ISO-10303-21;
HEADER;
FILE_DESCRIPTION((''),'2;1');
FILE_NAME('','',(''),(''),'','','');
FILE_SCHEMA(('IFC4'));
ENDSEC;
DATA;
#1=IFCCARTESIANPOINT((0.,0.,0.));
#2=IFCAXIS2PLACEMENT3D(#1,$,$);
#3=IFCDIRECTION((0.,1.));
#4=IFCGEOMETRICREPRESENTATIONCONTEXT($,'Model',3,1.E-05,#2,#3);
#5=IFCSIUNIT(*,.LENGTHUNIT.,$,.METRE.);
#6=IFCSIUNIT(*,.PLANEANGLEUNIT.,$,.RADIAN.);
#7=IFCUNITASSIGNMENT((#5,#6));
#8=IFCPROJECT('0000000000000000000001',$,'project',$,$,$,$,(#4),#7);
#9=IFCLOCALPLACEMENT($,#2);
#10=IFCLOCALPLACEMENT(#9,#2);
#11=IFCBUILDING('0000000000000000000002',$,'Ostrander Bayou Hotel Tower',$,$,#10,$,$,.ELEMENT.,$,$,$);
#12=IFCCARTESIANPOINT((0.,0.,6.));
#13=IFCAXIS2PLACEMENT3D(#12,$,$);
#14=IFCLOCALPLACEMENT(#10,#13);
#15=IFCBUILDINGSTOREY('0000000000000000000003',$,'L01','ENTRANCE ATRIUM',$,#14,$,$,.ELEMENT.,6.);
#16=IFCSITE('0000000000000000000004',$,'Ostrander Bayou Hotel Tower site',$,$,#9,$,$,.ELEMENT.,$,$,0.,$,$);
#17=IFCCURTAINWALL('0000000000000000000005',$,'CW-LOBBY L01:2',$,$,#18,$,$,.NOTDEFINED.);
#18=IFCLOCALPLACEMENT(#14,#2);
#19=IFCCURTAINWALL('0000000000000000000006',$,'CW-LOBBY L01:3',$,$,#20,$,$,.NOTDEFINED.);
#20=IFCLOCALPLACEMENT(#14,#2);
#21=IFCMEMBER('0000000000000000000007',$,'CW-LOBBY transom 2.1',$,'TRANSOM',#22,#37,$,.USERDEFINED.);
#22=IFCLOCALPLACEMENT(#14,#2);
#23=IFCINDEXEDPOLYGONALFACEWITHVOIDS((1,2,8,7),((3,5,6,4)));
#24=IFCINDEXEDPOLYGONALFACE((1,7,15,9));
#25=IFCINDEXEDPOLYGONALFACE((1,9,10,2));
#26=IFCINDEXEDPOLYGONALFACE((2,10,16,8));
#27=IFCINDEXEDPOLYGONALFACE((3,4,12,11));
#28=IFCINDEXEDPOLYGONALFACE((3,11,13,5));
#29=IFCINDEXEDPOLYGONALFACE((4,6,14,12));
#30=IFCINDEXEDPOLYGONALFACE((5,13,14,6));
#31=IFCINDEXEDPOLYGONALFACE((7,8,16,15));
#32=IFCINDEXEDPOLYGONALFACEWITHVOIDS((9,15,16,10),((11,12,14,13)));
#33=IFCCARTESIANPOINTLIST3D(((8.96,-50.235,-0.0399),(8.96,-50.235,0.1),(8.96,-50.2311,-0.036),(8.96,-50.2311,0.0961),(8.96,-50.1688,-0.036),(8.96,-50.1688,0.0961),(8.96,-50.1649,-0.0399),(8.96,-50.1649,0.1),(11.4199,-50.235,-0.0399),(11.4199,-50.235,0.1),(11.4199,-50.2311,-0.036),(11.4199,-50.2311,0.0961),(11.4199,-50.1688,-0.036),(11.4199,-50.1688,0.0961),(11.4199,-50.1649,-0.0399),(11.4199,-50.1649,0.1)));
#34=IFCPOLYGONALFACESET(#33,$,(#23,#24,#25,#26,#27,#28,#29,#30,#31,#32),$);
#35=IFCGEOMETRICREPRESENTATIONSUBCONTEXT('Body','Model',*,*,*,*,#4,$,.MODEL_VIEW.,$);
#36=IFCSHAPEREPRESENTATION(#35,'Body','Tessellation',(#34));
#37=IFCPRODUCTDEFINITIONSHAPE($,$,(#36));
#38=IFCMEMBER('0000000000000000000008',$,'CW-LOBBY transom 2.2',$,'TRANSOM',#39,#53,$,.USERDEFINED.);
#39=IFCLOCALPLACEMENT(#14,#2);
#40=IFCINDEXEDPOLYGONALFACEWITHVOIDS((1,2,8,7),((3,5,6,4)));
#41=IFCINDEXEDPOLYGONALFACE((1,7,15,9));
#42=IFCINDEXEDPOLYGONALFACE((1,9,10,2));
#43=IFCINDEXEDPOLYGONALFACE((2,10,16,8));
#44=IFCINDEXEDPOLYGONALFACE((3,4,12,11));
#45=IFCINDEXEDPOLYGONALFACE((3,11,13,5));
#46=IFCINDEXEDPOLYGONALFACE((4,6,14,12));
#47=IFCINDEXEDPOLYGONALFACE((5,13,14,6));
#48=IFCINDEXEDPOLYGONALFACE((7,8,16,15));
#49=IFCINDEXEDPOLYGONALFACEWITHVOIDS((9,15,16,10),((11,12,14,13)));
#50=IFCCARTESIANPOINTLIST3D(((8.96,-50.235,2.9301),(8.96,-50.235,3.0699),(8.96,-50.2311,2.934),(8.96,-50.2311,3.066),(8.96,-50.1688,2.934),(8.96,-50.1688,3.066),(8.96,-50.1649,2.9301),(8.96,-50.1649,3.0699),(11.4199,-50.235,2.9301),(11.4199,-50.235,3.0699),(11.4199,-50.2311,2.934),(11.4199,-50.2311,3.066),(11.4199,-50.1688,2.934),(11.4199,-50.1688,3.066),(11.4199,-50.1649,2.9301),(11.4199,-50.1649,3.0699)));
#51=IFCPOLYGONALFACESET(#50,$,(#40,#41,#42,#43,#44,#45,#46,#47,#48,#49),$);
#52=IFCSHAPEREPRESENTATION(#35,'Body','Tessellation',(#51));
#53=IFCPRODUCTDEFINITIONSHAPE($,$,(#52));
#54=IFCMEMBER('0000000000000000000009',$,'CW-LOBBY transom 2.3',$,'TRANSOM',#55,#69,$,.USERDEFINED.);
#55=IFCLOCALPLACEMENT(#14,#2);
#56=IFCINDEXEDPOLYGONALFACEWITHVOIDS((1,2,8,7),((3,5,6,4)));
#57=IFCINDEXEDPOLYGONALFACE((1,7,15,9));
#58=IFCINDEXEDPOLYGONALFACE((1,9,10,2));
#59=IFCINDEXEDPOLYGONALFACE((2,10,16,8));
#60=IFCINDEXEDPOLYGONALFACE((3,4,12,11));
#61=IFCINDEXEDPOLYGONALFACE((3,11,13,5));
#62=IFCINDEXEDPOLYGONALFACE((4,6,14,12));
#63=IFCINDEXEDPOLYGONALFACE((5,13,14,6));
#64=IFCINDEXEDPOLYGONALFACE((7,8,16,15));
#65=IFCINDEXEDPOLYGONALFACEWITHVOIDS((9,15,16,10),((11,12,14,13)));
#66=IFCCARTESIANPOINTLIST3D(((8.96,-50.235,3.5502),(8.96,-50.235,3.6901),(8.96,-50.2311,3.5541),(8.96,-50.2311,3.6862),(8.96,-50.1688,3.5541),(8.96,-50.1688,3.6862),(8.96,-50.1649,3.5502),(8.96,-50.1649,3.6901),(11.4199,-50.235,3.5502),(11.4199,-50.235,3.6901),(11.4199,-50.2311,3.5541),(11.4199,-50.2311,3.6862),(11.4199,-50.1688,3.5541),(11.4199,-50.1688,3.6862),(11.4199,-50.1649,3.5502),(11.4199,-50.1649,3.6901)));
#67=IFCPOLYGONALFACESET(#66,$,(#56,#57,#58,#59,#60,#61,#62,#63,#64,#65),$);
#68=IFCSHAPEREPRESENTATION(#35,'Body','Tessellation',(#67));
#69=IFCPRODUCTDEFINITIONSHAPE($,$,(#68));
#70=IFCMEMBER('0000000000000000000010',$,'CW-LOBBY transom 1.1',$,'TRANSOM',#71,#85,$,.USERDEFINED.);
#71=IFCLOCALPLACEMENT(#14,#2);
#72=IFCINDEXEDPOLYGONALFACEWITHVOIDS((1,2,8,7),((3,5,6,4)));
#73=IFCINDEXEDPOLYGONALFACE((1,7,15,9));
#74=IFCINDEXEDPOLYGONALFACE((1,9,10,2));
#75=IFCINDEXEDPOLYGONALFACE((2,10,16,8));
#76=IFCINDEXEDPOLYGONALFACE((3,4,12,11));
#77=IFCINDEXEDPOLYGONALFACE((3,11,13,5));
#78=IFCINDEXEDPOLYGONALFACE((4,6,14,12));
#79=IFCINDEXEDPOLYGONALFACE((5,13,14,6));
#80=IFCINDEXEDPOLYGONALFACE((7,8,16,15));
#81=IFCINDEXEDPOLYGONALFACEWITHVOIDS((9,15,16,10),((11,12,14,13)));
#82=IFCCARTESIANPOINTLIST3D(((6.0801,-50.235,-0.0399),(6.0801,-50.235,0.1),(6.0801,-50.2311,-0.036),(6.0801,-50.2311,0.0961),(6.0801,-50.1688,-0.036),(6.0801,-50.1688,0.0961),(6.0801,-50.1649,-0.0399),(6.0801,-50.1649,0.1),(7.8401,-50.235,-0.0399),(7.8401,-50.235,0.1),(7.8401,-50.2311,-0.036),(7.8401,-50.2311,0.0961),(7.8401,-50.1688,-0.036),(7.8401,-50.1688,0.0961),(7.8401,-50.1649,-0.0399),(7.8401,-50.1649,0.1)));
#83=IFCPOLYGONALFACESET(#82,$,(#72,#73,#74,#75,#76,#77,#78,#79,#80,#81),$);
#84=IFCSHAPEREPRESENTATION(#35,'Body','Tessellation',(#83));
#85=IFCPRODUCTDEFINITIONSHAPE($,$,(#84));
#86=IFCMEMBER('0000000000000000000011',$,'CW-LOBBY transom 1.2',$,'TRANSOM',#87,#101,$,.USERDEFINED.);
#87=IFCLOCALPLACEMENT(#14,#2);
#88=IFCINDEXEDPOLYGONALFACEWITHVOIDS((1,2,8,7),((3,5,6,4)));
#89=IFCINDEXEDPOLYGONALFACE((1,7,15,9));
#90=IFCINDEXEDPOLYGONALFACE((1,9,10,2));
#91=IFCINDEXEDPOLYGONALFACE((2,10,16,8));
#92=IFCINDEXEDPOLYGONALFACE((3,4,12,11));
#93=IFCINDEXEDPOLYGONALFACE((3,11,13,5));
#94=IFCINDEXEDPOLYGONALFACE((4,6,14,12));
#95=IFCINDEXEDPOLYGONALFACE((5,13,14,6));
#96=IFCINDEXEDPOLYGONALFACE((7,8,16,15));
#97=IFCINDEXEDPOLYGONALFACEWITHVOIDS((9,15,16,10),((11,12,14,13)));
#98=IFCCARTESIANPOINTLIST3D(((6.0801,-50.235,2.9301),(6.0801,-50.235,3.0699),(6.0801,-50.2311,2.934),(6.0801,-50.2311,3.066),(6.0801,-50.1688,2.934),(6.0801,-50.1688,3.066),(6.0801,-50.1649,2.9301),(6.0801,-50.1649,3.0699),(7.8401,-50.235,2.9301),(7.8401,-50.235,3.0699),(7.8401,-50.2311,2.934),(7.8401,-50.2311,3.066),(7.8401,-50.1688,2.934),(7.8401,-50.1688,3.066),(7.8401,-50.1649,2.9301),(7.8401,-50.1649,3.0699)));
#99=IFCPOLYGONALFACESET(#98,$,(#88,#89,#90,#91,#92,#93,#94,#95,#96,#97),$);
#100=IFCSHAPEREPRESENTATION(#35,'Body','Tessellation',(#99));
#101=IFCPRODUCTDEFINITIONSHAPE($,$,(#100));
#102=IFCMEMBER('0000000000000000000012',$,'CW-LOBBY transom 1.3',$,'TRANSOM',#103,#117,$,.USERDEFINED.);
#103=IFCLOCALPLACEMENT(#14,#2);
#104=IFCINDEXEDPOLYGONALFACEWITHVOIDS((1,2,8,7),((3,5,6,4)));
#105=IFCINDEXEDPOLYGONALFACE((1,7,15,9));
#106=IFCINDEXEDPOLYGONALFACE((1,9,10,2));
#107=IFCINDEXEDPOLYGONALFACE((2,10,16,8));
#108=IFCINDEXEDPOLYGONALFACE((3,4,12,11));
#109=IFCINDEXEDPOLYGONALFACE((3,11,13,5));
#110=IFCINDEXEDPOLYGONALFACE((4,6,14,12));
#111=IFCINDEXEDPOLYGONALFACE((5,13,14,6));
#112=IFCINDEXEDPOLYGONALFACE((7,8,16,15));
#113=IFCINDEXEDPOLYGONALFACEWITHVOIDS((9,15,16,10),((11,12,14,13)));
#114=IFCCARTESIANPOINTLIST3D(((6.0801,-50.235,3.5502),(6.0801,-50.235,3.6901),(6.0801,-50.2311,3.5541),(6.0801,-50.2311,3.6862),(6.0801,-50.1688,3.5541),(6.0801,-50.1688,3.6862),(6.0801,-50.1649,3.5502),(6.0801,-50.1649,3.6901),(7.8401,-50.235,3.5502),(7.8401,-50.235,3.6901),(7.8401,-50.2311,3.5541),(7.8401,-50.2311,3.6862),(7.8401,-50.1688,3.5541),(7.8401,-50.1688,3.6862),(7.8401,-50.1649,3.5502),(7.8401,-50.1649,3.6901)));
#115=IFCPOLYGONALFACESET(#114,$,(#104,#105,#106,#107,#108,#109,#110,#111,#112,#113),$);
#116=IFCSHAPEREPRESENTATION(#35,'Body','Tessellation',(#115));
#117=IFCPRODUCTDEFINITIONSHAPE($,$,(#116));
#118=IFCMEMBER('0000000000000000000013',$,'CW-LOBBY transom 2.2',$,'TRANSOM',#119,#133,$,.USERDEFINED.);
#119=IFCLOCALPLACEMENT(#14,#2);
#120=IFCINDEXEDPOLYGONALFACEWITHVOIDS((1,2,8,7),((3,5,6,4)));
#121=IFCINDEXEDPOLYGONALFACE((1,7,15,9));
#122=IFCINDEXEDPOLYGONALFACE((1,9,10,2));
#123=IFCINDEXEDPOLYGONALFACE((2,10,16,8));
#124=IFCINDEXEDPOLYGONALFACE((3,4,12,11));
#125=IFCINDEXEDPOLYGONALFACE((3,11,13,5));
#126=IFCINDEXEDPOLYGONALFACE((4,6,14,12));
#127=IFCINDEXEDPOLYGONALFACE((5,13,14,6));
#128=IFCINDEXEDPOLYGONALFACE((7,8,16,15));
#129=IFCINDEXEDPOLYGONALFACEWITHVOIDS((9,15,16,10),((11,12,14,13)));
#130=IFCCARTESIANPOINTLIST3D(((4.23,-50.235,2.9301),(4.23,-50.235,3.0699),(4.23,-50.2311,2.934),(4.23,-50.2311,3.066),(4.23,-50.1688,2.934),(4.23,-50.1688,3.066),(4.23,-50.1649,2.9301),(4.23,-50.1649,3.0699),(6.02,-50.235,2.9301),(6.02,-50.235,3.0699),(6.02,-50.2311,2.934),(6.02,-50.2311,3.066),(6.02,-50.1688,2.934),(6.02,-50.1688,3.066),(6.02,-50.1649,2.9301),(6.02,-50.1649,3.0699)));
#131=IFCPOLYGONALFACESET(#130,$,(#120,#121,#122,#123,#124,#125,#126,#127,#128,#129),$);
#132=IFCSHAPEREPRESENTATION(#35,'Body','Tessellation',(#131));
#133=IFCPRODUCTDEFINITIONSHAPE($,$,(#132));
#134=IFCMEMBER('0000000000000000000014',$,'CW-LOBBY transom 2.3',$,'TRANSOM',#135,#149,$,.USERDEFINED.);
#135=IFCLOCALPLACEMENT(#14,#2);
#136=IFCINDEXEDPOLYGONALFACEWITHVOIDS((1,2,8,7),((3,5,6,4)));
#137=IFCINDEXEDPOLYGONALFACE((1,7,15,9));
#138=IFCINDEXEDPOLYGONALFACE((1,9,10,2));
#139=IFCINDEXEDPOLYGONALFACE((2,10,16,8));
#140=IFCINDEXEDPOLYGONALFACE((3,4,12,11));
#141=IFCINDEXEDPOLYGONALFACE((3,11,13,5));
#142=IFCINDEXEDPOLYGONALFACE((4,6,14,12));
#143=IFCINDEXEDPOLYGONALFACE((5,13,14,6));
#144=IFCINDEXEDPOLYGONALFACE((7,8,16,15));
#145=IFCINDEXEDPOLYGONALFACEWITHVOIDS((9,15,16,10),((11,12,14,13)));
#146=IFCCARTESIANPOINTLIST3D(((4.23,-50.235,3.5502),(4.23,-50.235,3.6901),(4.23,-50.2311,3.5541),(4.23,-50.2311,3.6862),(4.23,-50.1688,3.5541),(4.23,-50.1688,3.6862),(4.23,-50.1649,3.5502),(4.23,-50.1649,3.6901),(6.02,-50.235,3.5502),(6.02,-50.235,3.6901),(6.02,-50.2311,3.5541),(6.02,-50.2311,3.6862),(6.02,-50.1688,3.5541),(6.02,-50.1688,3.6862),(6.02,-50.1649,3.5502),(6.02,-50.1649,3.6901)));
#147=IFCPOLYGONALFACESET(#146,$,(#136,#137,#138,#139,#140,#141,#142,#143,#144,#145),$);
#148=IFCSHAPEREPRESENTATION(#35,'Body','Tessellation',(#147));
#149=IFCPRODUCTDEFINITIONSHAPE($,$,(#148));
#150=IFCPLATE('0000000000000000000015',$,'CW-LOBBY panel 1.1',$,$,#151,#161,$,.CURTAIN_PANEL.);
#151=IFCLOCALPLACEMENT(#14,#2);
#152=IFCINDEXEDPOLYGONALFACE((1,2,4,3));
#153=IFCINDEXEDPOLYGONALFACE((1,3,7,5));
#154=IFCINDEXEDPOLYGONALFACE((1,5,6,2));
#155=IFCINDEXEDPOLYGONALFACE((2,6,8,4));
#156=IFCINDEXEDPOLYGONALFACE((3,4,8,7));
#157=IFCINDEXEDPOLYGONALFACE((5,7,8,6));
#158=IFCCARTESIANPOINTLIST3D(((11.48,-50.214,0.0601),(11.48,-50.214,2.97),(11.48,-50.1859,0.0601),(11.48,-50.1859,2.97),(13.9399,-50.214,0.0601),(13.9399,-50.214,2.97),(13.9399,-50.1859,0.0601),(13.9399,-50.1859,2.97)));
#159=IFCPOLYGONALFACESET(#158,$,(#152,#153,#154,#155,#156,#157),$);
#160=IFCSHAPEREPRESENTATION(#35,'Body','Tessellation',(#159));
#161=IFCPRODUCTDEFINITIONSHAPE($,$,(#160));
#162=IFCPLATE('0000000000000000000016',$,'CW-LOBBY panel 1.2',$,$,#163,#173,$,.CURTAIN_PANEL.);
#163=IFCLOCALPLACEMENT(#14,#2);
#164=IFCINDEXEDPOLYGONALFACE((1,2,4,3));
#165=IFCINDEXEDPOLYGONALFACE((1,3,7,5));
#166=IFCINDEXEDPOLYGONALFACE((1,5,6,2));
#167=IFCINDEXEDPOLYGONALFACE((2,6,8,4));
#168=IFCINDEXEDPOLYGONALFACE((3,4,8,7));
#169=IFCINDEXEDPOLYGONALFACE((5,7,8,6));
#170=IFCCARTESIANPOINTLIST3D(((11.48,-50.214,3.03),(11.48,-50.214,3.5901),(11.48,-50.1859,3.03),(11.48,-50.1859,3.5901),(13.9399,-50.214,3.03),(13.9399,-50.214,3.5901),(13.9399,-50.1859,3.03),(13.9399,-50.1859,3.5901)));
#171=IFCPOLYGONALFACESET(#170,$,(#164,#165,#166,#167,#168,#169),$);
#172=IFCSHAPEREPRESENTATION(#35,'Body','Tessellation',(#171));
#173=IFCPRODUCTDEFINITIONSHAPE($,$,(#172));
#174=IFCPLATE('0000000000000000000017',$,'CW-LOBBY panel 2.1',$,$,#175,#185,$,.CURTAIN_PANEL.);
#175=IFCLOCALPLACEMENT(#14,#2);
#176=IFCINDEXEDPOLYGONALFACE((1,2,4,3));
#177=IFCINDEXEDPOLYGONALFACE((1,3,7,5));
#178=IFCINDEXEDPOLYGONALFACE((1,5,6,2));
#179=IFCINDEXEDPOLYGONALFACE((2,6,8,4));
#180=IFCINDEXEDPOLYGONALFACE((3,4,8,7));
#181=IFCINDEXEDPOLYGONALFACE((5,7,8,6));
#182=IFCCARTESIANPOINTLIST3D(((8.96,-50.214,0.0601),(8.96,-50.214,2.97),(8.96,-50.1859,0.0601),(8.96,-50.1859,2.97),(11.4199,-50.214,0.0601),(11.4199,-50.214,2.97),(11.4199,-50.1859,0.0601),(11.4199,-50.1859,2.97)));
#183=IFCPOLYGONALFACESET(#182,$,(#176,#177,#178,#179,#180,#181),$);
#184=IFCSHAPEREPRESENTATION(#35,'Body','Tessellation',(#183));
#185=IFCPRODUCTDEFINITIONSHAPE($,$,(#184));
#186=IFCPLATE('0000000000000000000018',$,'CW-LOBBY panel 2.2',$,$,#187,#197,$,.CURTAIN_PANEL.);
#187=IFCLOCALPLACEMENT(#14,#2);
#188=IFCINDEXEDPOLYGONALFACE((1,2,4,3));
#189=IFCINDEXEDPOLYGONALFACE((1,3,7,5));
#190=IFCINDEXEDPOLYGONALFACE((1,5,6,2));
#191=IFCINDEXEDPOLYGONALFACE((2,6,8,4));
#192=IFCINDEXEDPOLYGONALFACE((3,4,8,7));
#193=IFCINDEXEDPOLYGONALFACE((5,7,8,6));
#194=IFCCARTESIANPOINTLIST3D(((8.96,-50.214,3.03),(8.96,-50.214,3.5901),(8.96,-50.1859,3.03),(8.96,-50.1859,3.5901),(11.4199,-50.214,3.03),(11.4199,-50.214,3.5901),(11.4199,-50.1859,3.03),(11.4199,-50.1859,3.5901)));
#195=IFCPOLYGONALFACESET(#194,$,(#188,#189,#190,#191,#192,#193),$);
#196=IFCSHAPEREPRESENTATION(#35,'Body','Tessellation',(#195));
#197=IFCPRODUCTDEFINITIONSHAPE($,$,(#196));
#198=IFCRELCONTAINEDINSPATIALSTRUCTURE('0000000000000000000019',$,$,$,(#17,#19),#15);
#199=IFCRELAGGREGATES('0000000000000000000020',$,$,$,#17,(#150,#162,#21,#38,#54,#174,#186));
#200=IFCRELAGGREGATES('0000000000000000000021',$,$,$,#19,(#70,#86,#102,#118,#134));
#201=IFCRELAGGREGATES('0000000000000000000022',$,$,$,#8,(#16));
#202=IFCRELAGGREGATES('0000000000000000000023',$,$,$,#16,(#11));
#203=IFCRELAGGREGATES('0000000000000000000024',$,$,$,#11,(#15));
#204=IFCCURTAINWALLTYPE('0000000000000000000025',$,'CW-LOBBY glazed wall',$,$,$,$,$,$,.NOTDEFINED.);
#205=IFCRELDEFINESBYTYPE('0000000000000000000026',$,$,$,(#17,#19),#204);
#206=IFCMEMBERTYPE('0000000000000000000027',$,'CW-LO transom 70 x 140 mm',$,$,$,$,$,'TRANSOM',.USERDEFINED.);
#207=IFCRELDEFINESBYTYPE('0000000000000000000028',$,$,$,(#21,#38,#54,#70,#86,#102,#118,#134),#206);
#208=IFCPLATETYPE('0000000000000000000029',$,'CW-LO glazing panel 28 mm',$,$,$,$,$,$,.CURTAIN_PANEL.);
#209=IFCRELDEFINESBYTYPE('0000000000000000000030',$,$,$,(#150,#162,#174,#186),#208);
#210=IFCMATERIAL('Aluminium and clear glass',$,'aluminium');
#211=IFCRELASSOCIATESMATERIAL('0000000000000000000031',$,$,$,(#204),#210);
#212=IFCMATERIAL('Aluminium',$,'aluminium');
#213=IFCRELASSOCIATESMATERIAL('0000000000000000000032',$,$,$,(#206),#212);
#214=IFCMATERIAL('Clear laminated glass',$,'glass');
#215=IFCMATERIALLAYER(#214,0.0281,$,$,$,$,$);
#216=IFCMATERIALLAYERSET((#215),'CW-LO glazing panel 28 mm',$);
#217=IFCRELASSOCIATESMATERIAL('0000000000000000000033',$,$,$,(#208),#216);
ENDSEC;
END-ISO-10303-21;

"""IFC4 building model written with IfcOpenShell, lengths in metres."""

from ifc_helpers import new_model, si_unit, direction, frame, origin, origin_2d, place, context, subcontext, project, spatial, rectangle, hollow_rectangle, extrude, material, layer, layer_set, material_profile, profile_set, type_object, element, aggregate, save


model = new_model("IFC4")

# Units and contexts
model_context = context("Model", 3, precision=1e-05, world=origin(), true_north=direction((0.0, 1.0)))
body_context = subcontext(model_context, "Body", "Model", "MODEL_VIEW")
ifc_project = project(units=[si_unit("LENGTHUNIT", "METRE"), si_unit("PLANEANGLEUNIT", "RADIAN")], contexts=[model_context])

# Site, building, storey
site_placement = place(None, origin())
site = spatial("IfcSite", under=ifc_project, at=site_placement, Name="Ostrander Bayou Hotel Tower site", CompositionType="ELEMENT", RefElevation=0.0)
building_placement = place(site_placement, origin())
building = spatial("IfcBuilding", under=site, at=building_placement, Name="Ostrander Bayou Hotel Tower", CompositionType="ELEMENT")
storey_placement = place(building_placement, frame((0.0, 0.0, 6.0)))
storey = spatial("IfcBuildingStorey", under=building, at=storey_placement, Name="L01", Description="ENTRANCE ATRIUM", CompositionType="ELEMENT", Elevation=6.0)

# Curtain walls
ifc_material_1 = material(Name="Aluminium and clear glass", Category="aluminium")
curtain_wall_type = type_object("IfcCurtainWallType", Name="CW-LOBBY glazed wall", PredefinedType="NOTDEFINED", material=ifc_material_1)
curtain_wall_1_placement = place(storey_placement, origin())
curtain_wall_1 = element("IfcCurtainWall", 1, at=curtain_wall_1_placement, inside=storey, type_object=curtain_wall_type, Name="CW-LOBBY L01:2", PredefinedType="NOTDEFINED")
curtain_wall_2_placement = place(storey_placement, origin())
curtain_wall_2 = element("IfcCurtainWall", 2, at=curtain_wall_2_placement, inside=storey, type_object=curtain_wall_type, Name="CW-LOBBY L01:3", PredefinedType="NOTDEFINED")

# Members
ifc_material_2 = material(Name="Aluminium", Category="aluminium")
ifc_material_profile_1 = material_profile(ifc_material_2, hollow_rectangle(XDim=0.0701, YDim=0.1399, WallThickness=0.0039, at=origin_2d()))
ifc_profile_set_1 = profile_set([ifc_material_profile_1], Name="Aluminium")
member_type_1 = type_object("IfcMemberType", Name="CW-LO transom 70 x 140 mm", ElementType="TRANSOM", PredefinedType="USERDEFINED", material=ifc_profile_set_1)
member_1_placement = place(storey_placement, frame((11.4199, -50.2, 0.03), z_axis=(-1.0, 0.0, 0.0), x_axis=(0.0, -1.0, 0.0)))
member_1 = element("IfcMember", 3, at=member_1_placement, type_object=member_type_1, Name="CW-LOBBY transom 2.1", ObjectType="TRANSOM", PredefinedType="USERDEFINED", context=body_context, shape_type="SweptSolid", body=[
    extrude(hollow_rectangle(XDim=0.0701, YDim=0.1399, WallThickness=0.0039, at=origin_2d()), origin(), (0.0, 0.0, 1.0), 2.46),
])
member_2_placement = place(storey_placement, frame((11.4199, -50.2, 3.0), z_axis=(-1.0, 0.0, 0.0), x_axis=(0.0, -1.0, 0.0)))
member_2 = element("IfcMember", 4, at=member_2_placement, type_object=member_type_1, Name="CW-LOBBY transom 2.2", ObjectType="TRANSOM", PredefinedType="USERDEFINED", context=body_context, shape_type="SweptSolid", body=[
    extrude(hollow_rectangle(XDim=0.0701, YDim=0.1399, WallThickness=0.0039, at=origin_2d()), origin(), (0.0, 0.0, 1.0), 2.46),
])
member_3_placement = place(storey_placement, frame((11.4199, -50.2, 3.6201), z_axis=(-1.0, 0.0, 0.0), x_axis=(0.0, -1.0, 0.0)))
member_3 = element("IfcMember", 5, at=member_3_placement, type_object=member_type_1, Name="CW-LOBBY transom 2.3", ObjectType="TRANSOM", PredefinedType="USERDEFINED", context=body_context, shape_type="SweptSolid", body=[
    extrude(hollow_rectangle(XDim=0.0701, YDim=0.1399, WallThickness=0.0039, at=origin_2d()), origin(), (0.0, 0.0, 1.0), 2.46),
])
member_4_placement = place(storey_placement, frame((7.8401, -50.2, 0.03), z_axis=(-1.0, 0.0, 0.0), x_axis=(0.0, -1.0, 0.0)))
member_4 = element("IfcMember", 6, at=member_4_placement, type_object=member_type_1, Name="CW-LOBBY transom 1.1", ObjectType="TRANSOM", PredefinedType="USERDEFINED", context=body_context, shape_type="SweptSolid", body=[
    extrude(hollow_rectangle(XDim=0.0701, YDim=0.1399, WallThickness=0.0039, at=origin_2d()), origin(), (0.0, 0.0, 1.0), 1.76),
])
member_5_placement = place(storey_placement, frame((7.8401, -50.2, 3.0), z_axis=(-1.0, 0.0, 0.0), x_axis=(0.0, -1.0, 0.0)))
member_5 = element("IfcMember", 7, at=member_5_placement, type_object=member_type_1, Name="CW-LOBBY transom 1.2", ObjectType="TRANSOM", PredefinedType="USERDEFINED", context=body_context, shape_type="SweptSolid", body=[
    extrude(hollow_rectangle(XDim=0.0701, YDim=0.1399, WallThickness=0.0039, at=origin_2d()), origin(), (0.0, 0.0, 1.0), 1.76),
])
member_6_placement = place(storey_placement, frame((7.8401, -50.2, 3.6201), z_axis=(-1.0, 0.0, 0.0), x_axis=(0.0, -1.0, 0.0)))
member_6 = element("IfcMember", 8, at=member_6_placement, type_object=member_type_1, Name="CW-LOBBY transom 1.3", ObjectType="TRANSOM", PredefinedType="USERDEFINED", context=body_context, shape_type="SweptSolid", body=[
    extrude(hollow_rectangle(XDim=0.0701, YDim=0.1399, WallThickness=0.0039, at=origin_2d()), origin(), (0.0, 0.0, 1.0), 1.76),
])
member_7_placement = place(storey_placement, frame((6.02, -50.2, 3.0), z_axis=(-1.0, 0.0, 0.0), x_axis=(0.0, -1.0, 0.0)))
member_7 = element("IfcMember", 9, at=member_7_placement, type_object=member_type_1, Name="CW-LOBBY transom 2.2", ObjectType="TRANSOM", PredefinedType="USERDEFINED", context=body_context, shape_type="SweptSolid", body=[
    extrude(hollow_rectangle(XDim=0.0701, YDim=0.1399, WallThickness=0.0039, at=origin_2d()), origin(), (0.0, 0.0, 1.0), 1.79),
])
member_8_placement = place(storey_placement, frame((6.02, -50.2, 3.6201), z_axis=(-1.0, 0.0, 0.0), x_axis=(0.0, -1.0, 0.0)))
member_8 = element("IfcMember", 10, at=member_8_placement, type_object=member_type_1, Name="CW-LOBBY transom 2.3", ObjectType="TRANSOM", PredefinedType="USERDEFINED", context=body_context, shape_type="SweptSolid", body=[
    extrude(hollow_rectangle(XDim=0.0701, YDim=0.1399, WallThickness=0.0039, at=origin_2d()), origin(), (0.0, 0.0, 1.0), 1.79),
])

# Plates
ifc_material_3 = material(Name="Clear laminated glass", Category="glass")
ifc_layer_1 = layer(ifc_material_3, 0.0281)
ifc_layer_set_1 = layer_set([ifc_layer_1], Name="CW-LO glazing panel 28 mm")
plate_type = type_object("IfcPlateType", Name="CW-LO glazing panel 28 mm", PredefinedType="CURTAIN_PANEL", material=ifc_layer_set_1)
plate_1_placement = place(storey_placement, frame((12.71, -50.2, 0.0601), z_axis=(0.0, 0.0, 1.0), x_axis=(-1.0, 0.0, 0.0)))
plate_1 = element("IfcPlate", 11, at=plate_1_placement, type_object=plate_type, Name="CW-LOBBY panel 1.1", PredefinedType="CURTAIN_PANEL", context=body_context, shape_type="SweptSolid", body=[
    extrude(rectangle(XDim=2.46, YDim=0.0281, at=origin_2d()), origin(), (0.0, 0.0, 1.0), 2.9099),
])
plate_2_placement = place(storey_placement, frame((12.71, -50.2, 3.03), z_axis=(0.0, 0.0, 1.0), x_axis=(-1.0, 0.0, 0.0)))
plate_2 = element("IfcPlate", 12, at=plate_2_placement, type_object=plate_type, Name="CW-LOBBY panel 1.2", PredefinedType="CURTAIN_PANEL", context=body_context, shape_type="SweptSolid", body=[
    extrude(rectangle(XDim=2.46, YDim=0.0281, at=origin_2d()), origin(), (0.0, 0.0, 1.0), 0.5601),
])
plate_3_placement = place(storey_placement, frame((10.1899, -50.2, 0.0601), z_axis=(0.0, 0.0, 1.0), x_axis=(-1.0, 0.0, 0.0)))
plate_3 = element("IfcPlate", 13, at=plate_3_placement, type_object=plate_type, Name="CW-LOBBY panel 2.1", PredefinedType="CURTAIN_PANEL", context=body_context, shape_type="SweptSolid", body=[
    extrude(rectangle(XDim=2.46, YDim=0.0281, at=origin_2d()), origin(), (0.0, 0.0, 1.0), 2.9099),
])
plate_4_placement = place(storey_placement, frame((10.1899, -50.2, 3.03), z_axis=(0.0, 0.0, 1.0), x_axis=(-1.0, 0.0, 0.0)))
plate_4 = element("IfcPlate", 14, at=plate_4_placement, type_object=plate_type, Name="CW-LOBBY panel 2.2", PredefinedType="CURTAIN_PANEL", context=body_context, shape_type="SweptSolid", body=[
    extrude(rectangle(XDim=2.46, YDim=0.0281, at=origin_2d()), origin(), (0.0, 0.0, 1.0), 0.5601),
])
aggregate(curtain_wall_1, [plate_1, plate_2, member_1, member_2, member_3, plate_3, plate_4])
aggregate(curtain_wall_2, [member_4, member_5, member_6, member_7, member_8])

save(model, "model.ifc")
